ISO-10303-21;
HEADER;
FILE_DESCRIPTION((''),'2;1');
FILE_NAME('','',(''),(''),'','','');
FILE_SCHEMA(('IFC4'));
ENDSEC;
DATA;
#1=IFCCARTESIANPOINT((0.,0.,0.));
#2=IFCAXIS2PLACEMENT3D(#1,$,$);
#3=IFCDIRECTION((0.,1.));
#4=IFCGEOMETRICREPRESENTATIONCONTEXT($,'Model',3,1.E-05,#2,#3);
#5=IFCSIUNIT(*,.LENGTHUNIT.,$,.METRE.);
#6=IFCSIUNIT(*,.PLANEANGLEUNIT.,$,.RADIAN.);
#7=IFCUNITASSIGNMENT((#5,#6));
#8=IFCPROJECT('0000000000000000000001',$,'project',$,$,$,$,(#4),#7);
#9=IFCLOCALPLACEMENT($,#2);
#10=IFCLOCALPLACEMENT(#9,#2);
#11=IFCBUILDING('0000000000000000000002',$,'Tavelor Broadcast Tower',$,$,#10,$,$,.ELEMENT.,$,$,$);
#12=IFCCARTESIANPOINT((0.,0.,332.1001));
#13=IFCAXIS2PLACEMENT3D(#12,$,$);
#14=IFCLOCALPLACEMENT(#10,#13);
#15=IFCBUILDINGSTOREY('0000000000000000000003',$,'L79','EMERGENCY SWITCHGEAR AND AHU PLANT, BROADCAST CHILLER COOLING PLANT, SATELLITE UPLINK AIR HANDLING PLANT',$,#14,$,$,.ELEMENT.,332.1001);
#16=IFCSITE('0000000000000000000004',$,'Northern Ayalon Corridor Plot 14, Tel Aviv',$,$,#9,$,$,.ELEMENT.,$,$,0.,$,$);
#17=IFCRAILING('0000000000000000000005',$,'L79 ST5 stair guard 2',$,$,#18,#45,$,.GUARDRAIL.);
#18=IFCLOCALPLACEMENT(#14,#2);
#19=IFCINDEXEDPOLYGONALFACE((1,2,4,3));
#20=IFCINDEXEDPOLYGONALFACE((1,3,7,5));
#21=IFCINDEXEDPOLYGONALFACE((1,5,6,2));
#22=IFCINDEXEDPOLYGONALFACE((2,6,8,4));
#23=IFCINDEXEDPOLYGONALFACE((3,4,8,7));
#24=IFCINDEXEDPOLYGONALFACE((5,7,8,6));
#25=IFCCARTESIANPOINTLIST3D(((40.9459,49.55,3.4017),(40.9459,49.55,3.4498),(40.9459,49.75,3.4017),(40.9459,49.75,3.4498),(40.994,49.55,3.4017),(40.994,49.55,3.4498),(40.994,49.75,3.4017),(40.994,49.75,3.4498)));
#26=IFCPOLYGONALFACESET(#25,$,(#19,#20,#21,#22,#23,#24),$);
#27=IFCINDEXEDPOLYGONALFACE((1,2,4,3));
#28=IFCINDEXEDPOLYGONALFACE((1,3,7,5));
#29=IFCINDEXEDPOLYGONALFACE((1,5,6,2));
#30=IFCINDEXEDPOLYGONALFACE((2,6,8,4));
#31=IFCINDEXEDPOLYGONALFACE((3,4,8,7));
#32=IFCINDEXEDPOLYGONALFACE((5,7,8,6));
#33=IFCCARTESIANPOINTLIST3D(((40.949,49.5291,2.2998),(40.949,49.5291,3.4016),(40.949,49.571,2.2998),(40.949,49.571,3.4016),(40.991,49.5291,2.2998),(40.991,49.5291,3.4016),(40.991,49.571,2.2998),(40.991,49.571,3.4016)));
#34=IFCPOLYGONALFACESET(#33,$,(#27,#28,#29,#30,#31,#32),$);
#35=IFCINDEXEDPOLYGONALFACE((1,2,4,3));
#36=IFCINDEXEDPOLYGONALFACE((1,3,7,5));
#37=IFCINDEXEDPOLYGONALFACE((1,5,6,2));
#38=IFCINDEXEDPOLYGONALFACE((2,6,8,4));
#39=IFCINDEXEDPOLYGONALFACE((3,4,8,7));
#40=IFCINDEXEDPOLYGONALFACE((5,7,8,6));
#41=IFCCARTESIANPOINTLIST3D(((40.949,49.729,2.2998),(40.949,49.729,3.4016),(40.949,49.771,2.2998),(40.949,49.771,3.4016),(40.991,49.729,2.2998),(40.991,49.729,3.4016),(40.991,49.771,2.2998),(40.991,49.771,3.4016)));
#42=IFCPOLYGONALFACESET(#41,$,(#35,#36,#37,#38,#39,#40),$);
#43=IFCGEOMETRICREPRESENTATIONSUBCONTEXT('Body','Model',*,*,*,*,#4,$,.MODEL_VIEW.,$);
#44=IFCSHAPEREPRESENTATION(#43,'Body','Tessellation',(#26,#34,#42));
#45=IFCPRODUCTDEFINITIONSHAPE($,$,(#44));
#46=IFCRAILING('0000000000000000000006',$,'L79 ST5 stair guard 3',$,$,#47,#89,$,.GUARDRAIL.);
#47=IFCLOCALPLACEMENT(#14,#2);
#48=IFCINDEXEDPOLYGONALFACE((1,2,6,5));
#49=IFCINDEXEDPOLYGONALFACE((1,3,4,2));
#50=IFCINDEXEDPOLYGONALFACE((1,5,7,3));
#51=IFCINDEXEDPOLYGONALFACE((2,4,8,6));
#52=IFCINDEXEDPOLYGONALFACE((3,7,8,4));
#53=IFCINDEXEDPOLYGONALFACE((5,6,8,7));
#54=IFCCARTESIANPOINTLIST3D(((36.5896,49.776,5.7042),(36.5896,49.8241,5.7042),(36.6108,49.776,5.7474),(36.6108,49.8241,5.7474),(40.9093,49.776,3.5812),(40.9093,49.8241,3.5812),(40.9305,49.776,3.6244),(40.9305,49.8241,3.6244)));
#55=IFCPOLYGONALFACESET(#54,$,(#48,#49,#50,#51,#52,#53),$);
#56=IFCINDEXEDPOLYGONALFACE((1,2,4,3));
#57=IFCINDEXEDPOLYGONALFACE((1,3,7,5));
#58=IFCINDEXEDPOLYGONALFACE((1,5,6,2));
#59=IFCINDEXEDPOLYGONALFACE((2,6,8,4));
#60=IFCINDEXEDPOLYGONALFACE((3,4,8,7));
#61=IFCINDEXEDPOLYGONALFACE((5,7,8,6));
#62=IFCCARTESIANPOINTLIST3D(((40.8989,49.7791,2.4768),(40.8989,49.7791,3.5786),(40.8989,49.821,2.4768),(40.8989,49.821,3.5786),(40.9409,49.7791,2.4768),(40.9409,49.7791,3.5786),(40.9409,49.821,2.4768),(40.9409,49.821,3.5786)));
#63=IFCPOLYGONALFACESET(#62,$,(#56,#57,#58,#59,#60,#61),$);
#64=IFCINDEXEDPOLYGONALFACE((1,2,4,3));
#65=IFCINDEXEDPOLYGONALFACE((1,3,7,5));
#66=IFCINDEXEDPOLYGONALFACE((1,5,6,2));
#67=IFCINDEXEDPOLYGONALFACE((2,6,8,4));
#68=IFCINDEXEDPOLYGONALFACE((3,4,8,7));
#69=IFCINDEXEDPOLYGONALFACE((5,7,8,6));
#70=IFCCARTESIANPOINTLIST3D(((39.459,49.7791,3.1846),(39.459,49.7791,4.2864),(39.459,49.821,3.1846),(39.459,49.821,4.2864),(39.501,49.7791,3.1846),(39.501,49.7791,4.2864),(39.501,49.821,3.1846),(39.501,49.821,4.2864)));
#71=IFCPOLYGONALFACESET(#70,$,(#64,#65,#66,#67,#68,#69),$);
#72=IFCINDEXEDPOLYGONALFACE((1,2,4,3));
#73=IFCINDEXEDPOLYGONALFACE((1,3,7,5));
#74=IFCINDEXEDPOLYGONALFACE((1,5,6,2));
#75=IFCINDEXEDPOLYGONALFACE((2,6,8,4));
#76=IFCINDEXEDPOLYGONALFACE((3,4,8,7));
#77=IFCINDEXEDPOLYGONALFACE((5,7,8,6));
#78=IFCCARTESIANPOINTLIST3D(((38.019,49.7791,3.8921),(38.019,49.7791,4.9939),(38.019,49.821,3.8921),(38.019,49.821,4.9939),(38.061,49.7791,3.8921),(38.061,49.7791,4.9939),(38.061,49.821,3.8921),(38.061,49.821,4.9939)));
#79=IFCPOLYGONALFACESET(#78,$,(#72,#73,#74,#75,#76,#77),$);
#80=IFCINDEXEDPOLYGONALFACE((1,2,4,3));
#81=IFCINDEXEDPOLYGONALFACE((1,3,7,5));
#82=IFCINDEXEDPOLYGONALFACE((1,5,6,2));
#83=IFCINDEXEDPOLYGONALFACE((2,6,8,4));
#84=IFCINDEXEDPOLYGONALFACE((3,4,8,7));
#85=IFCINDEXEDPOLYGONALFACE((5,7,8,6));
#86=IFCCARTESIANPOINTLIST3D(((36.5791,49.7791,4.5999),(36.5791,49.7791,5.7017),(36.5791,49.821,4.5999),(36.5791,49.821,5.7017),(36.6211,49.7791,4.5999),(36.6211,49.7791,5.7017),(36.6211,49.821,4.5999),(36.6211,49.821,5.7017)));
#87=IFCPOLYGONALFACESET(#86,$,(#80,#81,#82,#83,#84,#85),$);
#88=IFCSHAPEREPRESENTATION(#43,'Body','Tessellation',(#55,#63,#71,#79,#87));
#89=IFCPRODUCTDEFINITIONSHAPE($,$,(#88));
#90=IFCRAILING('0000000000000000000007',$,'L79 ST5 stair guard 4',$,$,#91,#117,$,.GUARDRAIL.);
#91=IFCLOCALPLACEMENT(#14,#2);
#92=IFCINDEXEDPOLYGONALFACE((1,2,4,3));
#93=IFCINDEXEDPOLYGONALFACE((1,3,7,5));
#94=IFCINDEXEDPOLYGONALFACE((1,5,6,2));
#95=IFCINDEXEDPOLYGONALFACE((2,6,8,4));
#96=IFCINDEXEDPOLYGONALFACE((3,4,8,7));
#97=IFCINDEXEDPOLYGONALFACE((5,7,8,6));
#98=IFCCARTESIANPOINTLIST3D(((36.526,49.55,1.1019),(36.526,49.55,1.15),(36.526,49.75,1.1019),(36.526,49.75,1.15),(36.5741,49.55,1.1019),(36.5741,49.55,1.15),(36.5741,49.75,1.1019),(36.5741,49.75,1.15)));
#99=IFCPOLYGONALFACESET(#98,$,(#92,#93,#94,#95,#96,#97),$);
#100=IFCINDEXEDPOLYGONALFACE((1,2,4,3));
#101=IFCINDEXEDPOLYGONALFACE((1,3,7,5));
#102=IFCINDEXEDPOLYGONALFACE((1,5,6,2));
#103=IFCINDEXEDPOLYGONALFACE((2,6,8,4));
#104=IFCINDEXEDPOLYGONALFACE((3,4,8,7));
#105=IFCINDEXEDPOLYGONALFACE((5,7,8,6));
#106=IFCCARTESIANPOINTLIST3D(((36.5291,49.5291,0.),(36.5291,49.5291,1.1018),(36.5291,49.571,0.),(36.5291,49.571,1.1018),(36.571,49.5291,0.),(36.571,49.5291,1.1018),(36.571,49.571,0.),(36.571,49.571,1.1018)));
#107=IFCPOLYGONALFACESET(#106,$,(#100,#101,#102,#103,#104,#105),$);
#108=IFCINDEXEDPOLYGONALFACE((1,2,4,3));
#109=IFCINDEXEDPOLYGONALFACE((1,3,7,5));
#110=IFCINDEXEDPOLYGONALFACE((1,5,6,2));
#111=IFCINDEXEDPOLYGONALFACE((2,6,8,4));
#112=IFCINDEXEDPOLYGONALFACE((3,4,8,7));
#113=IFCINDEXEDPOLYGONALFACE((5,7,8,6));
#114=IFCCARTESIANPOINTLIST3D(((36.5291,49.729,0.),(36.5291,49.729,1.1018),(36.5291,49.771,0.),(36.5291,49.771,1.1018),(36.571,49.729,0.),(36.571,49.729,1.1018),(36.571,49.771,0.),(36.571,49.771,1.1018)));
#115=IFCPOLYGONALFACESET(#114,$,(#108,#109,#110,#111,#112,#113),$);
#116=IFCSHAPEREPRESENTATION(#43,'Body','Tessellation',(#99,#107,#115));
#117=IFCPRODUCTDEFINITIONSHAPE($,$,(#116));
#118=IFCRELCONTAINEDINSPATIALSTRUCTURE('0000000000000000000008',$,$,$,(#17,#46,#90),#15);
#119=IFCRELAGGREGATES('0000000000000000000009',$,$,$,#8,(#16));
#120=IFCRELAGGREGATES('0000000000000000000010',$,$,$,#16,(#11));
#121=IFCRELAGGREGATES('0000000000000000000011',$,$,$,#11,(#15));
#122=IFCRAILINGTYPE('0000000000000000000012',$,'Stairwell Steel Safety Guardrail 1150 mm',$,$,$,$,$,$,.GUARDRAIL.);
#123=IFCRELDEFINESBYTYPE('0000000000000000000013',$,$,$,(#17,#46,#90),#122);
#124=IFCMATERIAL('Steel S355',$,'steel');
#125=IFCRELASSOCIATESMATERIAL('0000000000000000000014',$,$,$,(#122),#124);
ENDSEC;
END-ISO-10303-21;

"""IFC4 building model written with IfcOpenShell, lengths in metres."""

from ifc_helpers import new_model, si_unit, direction, frame, origin, origin_2d, place, context, subcontext, project, spatial, rectangle, extrude, material, type_object, element, save


model = new_model("IFC4")

# Units and contexts
model_context = context("Model", 3, precision=1e-05, world=origin(), true_north=direction((0.0, 1.0)))
body_context = subcontext(model_context, "Body", "Model", "MODEL_VIEW")
ifc_project = project(units=[si_unit("LENGTHUNIT", "METRE"), si_unit("PLANEANGLEUNIT", "RADIAN")], contexts=[model_context])

# Site, building, storey
site_placement = place(None, origin())
site = spatial("IfcSite", under=ifc_project, at=site_placement, Name="Northern Ayalon Corridor Plot 14, Tel Aviv", CompositionType="ELEMENT", RefElevation=0.0)
building_placement = place(site_placement, origin())
building = spatial("IfcBuilding", under=site, at=building_placement, Name="Tavelor Broadcast Tower", CompositionType="ELEMENT")
storey_placement = place(building_placement, frame((0.0, 0.0, 332.1001)))
storey = spatial("IfcBuildingStorey", under=building, at=storey_placement, Name="L79", Description="EMERGENCY SWITCHGEAR AND AHU PLANT, BROADCAST CHILLER COOLING PLANT, SATELLITE UPLINK AIR HANDLING PLANT", CompositionType="ELEMENT", Elevation=332.1001)

# Shared definitions
ifc_material_1 = material(Name="Steel S355", Category="steel")

# Railings
railing_type_1 = type_object("IfcRailingType", Name="Stairwell Steel Safety Guardrail 1150 mm", PredefinedType="GUARDRAIL", material=ifc_material_1)
railing_1_placement = place(storey_placement, frame((40.97, 49.55, 2.2998)))
element("IfcRailing", 1, at=railing_1_placement, inside=storey, type_object=railing_type_1, Name="L79 ST5 stair guard 2", PredefinedType="GUARDRAIL", context=body_context, shape_type="SweptSolid", body=[
    extrude(rectangle(XDim=0.0481, YDim=0.0481, at=origin_2d()), frame((0.0, 0.0, 1.126), z_axis=(0.0, 1.0, 0.0), x_axis=(-1.0, 0.0, 0.0)), (0.0, 0.0, 1.0), 0.2),
    extrude(rectangle(XDim=0.042, YDim=0.042, at=origin_2d()), origin(), (0.0, 0.0, 1.0), 1.1018),
    extrude(rectangle(XDim=0.042, YDim=0.042, at=origin_2d()), frame((0.0, 0.2, 0.0)), (0.0, 0.0, 1.0), 1.1018),
])
railing_2_placement = place(storey_placement, frame((40.9199, 49.8, 2.4768)))
element("IfcRailing", 2, at=railing_2_placement, inside=storey, type_object=railing_type_1, Name="L79 ST5 stair guard 3", PredefinedType="GUARDRAIL", context=body_context, shape_type="SweptSolid", body=[
    extrude(rectangle(XDim=0.0481, YDim=0.0481, at=origin_2d()), frame((0.0, 0.0, 1.126), z_axis=(-0.89747, 0.0, 0.441076), x_axis=(0.0, -1.0, 0.0)), (0.0, 0.0, 1.0), 4.8132),
    extrude(rectangle(XDim=0.042, YDim=0.042, at=origin_2d()), origin(), (0.0, 0.0, 1.0), 1.1018),
    extrude(rectangle(XDim=0.042, YDim=0.042, at=origin_2d()), frame((-1.4399, 0.0, 0.7078)), (0.0, 0.0, 1.0), 1.1018),
    extrude(rectangle(XDim=0.042, YDim=0.042, at=origin_2d()), frame((-2.8799, 0.0, 1.4153)), (0.0, 0.0, 1.0), 1.1018),
    extrude(rectangle(XDim=0.042, YDim=0.042, at=origin_2d()), frame((-4.3198, 0.0, 2.123)), (0.0, 0.0, 1.0), 1.1018),
])
railing_3_placement = place(storey_placement, frame((36.55, 49.55, 0.0)))
element("IfcRailing", 3, at=railing_3_placement, inside=storey, type_object=railing_type_1, Name="L79 ST5 stair guard 4", PredefinedType="GUARDRAIL", context=body_context, shape_type="SweptSolid", body=[
    extrude(rectangle(XDim=0.0481, YDim=0.0481, at=origin_2d()), frame((0.0, 0.0, 1.126), z_axis=(0.0, 1.0, 0.0), x_axis=(-1.0, 0.0, 0.0)), (0.0, 0.0, 1.0), 0.2),
    extrude(rectangle(XDim=0.042, YDim=0.042, at=origin_2d()), origin(), (0.0, 0.0, 1.0), 1.1018),
    extrude(rectangle(XDim=0.042, YDim=0.042, at=origin_2d()), frame((0.0, 0.2, 0.0)), (0.0, 0.0, 1.0), 1.1018),
])

save(model, "model.ifc")
